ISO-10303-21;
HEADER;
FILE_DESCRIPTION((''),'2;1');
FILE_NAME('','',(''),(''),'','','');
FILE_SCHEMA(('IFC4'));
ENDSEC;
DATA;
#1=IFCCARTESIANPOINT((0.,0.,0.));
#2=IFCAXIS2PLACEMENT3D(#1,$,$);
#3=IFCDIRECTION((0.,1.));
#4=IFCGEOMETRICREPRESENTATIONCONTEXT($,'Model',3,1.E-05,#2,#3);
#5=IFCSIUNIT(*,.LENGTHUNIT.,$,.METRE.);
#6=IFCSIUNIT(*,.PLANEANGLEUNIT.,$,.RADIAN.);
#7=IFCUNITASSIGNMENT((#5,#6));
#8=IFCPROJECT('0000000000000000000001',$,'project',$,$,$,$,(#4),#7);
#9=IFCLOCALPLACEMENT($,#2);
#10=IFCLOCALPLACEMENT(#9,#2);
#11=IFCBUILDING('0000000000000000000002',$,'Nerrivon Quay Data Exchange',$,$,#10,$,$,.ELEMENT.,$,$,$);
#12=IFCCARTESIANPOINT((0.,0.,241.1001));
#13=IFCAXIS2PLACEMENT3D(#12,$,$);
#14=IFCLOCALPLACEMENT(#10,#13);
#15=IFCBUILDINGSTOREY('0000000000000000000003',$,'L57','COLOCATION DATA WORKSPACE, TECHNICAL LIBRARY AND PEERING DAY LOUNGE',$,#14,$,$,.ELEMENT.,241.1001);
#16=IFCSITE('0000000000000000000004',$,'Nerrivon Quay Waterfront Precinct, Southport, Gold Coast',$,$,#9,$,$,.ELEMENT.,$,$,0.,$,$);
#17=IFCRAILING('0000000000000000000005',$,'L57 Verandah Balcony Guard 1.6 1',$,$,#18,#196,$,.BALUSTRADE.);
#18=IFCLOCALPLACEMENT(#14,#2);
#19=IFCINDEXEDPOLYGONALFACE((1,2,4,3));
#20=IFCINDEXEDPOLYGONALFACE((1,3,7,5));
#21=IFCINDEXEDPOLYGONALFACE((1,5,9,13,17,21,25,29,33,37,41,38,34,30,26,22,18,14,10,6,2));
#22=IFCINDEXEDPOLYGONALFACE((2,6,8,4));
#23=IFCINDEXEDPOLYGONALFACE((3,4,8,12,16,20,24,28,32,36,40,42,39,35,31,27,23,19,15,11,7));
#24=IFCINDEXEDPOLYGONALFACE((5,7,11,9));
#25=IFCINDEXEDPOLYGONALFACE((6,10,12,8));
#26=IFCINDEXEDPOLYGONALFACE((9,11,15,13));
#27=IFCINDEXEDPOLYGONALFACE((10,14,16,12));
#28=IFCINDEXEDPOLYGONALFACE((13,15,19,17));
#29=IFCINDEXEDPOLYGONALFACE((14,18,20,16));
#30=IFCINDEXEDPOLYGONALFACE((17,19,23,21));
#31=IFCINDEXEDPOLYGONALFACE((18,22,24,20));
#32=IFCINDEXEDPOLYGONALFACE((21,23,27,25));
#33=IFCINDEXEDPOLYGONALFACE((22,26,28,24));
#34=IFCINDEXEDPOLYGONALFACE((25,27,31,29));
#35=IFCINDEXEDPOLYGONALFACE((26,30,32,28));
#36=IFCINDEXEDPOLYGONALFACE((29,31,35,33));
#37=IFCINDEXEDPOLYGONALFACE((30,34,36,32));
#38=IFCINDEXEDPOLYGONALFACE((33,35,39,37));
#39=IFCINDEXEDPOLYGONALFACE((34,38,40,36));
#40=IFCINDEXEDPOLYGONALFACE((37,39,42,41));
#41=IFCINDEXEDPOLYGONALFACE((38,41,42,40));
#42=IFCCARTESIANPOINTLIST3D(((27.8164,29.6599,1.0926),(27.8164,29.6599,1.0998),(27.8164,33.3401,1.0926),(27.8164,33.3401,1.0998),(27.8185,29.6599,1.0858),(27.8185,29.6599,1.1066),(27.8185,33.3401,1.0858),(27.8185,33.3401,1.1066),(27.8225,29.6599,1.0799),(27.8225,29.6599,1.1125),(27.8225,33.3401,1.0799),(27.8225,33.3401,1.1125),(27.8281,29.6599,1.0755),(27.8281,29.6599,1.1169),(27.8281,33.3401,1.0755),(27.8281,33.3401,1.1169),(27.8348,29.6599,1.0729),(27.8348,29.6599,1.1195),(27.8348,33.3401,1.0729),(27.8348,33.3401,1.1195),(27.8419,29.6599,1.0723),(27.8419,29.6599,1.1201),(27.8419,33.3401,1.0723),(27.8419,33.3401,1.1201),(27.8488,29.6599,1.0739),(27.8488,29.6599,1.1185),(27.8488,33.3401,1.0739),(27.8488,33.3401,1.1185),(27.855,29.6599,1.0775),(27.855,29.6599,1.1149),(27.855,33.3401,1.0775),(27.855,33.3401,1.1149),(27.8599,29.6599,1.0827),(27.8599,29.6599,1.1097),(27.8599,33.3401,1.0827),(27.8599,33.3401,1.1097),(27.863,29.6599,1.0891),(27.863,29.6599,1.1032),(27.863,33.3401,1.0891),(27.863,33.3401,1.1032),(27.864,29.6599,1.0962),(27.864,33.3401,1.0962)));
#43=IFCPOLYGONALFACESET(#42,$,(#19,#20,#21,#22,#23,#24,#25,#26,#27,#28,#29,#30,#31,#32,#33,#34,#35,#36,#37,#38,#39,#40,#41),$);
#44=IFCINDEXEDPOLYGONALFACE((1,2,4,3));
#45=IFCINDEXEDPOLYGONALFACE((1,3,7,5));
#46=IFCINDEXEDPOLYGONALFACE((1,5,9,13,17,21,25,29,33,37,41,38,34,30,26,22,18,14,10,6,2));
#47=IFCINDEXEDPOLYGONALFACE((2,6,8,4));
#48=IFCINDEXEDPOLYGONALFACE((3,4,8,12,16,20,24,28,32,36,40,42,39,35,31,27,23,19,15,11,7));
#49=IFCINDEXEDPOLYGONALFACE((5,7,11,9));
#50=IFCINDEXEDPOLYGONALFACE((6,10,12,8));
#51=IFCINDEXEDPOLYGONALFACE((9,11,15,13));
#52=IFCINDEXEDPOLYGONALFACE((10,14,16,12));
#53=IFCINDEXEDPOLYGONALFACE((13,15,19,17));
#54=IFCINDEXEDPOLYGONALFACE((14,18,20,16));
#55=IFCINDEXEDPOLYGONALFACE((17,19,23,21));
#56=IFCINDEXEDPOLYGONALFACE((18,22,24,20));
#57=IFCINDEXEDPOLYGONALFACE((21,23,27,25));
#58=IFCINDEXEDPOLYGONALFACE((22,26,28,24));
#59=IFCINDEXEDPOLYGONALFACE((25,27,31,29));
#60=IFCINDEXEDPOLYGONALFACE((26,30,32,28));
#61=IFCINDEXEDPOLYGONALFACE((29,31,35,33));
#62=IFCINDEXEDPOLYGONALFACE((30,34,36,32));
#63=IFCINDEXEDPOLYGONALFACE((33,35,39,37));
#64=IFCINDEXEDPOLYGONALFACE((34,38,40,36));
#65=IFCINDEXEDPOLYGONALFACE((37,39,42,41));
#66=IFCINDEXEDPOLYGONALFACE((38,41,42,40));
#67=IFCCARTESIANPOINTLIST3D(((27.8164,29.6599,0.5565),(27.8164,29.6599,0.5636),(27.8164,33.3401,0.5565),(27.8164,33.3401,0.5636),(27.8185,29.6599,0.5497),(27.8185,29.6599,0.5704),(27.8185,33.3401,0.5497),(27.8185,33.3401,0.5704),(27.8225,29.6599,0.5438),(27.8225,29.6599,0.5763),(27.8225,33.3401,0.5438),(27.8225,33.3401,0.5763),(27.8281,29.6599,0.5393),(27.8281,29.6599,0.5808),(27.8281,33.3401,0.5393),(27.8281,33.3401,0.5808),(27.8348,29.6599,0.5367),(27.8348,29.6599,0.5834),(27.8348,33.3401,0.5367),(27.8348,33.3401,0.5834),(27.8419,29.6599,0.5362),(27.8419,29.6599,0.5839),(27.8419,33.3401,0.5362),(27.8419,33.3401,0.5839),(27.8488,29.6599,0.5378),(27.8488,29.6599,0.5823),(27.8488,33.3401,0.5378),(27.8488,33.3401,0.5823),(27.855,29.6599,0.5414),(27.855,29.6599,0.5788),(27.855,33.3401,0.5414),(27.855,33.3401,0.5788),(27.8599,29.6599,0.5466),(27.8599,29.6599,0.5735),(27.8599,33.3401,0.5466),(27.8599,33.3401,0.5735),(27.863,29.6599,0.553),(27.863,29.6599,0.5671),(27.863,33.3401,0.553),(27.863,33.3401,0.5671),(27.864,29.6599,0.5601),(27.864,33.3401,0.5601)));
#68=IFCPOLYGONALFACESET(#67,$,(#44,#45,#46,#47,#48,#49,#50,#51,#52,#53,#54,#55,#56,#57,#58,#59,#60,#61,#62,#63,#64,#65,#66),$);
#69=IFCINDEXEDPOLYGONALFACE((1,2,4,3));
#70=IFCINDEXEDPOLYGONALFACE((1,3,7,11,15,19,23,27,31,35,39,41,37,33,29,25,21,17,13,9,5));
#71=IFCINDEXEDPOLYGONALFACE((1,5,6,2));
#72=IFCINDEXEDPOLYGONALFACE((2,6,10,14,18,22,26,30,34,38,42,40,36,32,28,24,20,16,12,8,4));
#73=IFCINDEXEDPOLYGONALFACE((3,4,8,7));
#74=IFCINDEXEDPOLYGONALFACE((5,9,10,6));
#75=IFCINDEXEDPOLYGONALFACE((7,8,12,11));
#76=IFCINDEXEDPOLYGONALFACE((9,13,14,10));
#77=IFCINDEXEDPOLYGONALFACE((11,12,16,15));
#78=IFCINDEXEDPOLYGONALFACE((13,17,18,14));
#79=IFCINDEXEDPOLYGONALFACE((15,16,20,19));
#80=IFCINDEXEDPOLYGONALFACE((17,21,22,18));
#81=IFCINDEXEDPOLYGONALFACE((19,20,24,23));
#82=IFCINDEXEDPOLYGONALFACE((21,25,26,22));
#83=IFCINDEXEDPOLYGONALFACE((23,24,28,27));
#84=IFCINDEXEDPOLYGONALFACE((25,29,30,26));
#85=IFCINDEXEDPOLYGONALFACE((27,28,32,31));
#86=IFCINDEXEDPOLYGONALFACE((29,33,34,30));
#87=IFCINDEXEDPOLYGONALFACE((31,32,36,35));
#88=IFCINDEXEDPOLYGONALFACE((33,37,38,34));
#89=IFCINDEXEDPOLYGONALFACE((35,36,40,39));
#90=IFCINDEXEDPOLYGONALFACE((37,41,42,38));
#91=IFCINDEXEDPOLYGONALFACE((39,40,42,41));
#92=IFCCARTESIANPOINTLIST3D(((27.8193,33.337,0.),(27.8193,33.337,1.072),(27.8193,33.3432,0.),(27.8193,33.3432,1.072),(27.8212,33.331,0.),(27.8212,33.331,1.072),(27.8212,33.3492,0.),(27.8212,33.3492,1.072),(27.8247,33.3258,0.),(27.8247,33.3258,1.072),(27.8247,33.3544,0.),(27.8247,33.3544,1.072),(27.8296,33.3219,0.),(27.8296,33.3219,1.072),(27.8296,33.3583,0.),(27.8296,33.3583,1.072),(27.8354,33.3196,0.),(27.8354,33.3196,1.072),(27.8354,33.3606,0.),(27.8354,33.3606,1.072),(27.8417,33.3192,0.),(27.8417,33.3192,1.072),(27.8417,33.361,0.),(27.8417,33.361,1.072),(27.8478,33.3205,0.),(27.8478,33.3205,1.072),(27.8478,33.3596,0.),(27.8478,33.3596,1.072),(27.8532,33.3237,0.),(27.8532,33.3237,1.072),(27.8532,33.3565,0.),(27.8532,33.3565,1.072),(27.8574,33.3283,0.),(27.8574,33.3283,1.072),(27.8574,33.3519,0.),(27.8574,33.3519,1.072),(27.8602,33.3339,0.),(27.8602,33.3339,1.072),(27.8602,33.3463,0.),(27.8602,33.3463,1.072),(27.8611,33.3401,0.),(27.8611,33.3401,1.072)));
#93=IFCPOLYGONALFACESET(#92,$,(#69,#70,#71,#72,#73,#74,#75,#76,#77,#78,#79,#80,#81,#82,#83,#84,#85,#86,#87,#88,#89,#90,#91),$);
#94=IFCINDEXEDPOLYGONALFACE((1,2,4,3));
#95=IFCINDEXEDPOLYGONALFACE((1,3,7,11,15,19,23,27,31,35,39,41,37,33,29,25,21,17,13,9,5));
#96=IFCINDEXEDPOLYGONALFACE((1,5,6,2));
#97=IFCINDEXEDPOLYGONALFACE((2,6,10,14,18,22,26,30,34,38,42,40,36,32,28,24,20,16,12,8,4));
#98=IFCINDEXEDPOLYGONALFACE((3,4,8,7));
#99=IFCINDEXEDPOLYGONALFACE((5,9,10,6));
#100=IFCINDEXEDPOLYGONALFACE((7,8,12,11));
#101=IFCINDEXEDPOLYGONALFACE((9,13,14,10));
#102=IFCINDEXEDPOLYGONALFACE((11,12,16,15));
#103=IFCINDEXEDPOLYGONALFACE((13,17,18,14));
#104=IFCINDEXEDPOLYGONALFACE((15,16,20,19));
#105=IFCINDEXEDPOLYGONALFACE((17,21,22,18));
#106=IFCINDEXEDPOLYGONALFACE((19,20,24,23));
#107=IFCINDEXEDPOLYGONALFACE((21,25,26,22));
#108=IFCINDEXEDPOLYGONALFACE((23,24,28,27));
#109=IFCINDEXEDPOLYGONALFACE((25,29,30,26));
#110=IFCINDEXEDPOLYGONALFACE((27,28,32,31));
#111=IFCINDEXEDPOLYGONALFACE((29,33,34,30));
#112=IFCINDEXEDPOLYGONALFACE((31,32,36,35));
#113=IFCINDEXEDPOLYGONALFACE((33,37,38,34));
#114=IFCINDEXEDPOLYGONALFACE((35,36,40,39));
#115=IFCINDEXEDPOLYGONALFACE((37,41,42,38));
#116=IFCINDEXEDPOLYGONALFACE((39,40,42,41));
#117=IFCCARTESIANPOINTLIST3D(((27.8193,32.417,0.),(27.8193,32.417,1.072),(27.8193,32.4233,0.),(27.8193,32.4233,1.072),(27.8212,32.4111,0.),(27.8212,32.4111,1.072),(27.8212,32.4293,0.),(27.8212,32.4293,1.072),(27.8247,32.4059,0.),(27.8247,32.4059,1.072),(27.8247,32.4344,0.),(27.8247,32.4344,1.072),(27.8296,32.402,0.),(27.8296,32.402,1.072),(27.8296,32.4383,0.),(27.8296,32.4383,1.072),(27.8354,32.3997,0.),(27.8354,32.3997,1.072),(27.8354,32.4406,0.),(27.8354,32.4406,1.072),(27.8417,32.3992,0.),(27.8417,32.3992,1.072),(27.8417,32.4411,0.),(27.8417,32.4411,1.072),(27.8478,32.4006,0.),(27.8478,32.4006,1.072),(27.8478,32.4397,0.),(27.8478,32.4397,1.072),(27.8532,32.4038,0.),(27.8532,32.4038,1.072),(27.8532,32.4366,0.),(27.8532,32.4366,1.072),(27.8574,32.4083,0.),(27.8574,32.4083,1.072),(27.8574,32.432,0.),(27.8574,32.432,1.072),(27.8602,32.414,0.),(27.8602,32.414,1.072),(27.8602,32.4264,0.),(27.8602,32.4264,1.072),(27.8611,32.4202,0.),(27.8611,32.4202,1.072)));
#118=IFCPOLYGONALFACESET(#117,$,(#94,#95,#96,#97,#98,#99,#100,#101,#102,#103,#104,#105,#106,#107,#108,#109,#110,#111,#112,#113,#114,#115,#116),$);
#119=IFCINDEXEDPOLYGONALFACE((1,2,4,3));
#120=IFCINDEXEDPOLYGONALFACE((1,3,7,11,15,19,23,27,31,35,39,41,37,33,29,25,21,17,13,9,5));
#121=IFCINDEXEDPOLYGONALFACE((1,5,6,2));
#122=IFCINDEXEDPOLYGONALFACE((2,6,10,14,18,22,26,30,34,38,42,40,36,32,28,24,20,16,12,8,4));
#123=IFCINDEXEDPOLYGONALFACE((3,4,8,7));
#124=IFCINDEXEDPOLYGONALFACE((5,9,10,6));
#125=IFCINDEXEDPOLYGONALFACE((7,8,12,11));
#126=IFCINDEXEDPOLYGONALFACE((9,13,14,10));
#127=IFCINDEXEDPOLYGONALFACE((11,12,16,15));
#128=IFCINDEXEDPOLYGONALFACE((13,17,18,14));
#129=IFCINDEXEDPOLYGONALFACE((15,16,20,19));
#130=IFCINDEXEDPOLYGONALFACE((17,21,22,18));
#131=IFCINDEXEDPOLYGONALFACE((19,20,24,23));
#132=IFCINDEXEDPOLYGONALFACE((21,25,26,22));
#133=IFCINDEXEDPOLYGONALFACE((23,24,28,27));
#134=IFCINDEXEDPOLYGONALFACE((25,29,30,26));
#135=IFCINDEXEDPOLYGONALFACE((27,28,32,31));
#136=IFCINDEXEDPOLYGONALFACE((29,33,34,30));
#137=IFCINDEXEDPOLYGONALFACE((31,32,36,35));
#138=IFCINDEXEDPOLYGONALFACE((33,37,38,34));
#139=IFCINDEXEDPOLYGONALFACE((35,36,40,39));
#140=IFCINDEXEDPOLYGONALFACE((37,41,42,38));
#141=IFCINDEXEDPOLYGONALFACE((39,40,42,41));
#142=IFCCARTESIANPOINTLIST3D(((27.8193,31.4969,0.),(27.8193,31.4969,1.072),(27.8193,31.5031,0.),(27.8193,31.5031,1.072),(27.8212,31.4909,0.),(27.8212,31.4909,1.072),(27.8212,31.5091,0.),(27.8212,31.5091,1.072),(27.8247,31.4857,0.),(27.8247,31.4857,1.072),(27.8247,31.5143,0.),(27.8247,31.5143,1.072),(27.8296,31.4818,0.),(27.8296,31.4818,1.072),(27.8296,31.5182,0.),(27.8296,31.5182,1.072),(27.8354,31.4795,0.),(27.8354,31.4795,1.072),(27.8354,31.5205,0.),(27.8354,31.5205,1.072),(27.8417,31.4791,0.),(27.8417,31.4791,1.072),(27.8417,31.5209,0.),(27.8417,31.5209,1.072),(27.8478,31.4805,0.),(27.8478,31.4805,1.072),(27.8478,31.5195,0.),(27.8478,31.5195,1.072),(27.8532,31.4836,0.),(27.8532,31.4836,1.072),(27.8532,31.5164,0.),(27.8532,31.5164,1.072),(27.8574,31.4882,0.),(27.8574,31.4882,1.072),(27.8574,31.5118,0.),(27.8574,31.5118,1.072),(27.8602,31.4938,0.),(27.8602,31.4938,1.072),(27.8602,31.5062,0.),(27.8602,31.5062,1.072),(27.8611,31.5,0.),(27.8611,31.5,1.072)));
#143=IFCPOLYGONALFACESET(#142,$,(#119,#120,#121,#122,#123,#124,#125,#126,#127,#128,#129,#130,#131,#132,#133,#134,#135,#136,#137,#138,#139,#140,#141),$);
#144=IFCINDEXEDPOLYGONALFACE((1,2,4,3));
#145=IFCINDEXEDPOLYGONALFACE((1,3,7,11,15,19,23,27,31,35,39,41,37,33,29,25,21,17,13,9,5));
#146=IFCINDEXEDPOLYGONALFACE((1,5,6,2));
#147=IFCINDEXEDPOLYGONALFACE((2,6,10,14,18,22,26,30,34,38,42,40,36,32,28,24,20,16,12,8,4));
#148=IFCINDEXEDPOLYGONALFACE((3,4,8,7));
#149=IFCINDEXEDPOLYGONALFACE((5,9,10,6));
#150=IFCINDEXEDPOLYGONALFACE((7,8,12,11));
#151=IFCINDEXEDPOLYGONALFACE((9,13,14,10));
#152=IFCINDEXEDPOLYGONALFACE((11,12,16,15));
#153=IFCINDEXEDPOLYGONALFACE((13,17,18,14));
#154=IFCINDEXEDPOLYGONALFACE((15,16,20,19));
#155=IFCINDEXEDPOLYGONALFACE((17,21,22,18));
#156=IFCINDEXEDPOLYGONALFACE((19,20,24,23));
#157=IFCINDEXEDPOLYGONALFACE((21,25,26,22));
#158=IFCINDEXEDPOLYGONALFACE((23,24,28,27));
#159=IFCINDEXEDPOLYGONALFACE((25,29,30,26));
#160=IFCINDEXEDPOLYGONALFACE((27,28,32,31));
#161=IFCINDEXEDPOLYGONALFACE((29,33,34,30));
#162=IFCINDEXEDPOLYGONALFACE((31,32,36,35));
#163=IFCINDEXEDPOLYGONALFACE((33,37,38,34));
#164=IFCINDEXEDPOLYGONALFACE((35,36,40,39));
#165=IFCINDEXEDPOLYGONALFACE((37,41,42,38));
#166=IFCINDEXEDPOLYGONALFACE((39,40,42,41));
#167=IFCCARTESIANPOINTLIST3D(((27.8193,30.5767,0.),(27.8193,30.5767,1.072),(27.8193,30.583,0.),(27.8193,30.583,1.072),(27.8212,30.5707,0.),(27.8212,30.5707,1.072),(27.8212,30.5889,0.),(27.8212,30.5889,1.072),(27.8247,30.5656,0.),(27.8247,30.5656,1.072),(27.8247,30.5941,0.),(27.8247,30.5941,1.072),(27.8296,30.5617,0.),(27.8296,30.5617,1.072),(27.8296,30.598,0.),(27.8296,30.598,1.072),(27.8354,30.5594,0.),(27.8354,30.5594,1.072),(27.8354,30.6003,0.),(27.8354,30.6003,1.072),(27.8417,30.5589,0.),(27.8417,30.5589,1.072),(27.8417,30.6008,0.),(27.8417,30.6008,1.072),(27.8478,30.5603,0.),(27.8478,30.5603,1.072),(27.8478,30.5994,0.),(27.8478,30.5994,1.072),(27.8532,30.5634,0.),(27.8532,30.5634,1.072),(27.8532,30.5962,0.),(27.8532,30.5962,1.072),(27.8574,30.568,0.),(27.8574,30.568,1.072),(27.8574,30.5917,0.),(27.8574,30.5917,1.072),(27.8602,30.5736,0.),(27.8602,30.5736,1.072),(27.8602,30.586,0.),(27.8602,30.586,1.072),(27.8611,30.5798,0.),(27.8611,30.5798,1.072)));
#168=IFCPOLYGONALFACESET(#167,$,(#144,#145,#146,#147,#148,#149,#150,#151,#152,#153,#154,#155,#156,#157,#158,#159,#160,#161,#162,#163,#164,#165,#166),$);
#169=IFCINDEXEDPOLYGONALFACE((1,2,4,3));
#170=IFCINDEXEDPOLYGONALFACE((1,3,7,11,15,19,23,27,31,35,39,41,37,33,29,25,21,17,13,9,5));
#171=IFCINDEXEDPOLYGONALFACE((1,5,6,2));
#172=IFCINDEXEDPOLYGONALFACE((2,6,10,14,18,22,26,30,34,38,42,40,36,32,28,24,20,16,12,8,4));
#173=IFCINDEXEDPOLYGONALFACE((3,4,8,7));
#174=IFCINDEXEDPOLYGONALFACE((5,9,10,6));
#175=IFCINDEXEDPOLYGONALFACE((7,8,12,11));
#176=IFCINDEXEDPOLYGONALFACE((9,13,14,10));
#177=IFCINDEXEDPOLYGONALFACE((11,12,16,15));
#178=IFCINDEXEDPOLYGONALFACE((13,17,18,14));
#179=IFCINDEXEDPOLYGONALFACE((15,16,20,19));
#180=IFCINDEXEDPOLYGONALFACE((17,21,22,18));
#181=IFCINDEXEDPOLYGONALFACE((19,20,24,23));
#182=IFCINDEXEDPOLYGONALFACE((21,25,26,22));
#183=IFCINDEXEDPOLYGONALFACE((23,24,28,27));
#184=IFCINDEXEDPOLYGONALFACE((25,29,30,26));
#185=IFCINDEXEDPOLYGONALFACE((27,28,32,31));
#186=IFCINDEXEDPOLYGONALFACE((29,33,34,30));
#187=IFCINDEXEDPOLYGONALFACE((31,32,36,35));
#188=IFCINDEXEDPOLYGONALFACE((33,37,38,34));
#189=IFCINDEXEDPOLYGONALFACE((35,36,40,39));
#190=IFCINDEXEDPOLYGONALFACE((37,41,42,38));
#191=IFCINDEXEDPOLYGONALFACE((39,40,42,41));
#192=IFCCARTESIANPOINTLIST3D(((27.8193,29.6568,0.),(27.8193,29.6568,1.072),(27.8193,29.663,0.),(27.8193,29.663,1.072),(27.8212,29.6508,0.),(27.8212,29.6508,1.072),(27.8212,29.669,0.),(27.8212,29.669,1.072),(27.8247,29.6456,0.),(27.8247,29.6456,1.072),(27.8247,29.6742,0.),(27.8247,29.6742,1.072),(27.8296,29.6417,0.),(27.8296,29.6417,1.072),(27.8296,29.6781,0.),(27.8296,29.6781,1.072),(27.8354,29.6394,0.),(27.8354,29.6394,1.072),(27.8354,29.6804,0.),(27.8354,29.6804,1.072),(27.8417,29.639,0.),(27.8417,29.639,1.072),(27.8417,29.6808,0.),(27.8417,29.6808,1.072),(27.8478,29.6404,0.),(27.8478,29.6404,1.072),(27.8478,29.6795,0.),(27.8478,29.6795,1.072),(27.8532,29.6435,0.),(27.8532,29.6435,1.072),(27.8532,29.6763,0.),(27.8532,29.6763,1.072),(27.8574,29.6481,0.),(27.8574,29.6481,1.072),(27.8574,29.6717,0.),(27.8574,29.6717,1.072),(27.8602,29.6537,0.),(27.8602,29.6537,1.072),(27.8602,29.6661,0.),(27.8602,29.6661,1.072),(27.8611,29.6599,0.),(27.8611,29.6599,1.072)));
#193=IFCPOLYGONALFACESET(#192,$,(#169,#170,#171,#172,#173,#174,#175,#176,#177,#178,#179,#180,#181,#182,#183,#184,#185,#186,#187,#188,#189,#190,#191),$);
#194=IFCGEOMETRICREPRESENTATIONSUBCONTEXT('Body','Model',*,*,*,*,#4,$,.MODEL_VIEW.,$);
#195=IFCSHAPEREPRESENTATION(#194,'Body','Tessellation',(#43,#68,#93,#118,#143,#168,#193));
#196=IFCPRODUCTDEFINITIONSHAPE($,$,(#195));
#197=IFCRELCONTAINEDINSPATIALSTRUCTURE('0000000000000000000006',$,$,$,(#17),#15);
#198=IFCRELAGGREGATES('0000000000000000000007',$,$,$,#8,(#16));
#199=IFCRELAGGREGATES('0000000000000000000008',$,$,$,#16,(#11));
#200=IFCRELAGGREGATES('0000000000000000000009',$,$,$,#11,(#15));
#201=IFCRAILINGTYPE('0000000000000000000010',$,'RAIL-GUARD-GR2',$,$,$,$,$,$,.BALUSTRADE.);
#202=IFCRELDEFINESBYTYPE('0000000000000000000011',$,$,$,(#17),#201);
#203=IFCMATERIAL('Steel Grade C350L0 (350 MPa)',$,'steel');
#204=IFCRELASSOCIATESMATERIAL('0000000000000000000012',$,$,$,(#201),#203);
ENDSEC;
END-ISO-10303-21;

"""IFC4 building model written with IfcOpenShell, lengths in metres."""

from ifc_helpers import new_model, si_unit, direction, frame, origin, origin_2d, place, context, subcontext, project, spatial, circle, extrude, material, type_object, element, save


model = new_model("IFC4")

# Units and contexts
model_context = context("Model", 3, precision=1e-05, world=origin(), true_north=direction((0.0, 1.0)))
body_context = subcontext(model_context, "Body", "Model", "MODEL_VIEW")
ifc_project = project(units=[si_unit("LENGTHUNIT", "METRE"), si_unit("PLANEANGLEUNIT", "RADIAN")], contexts=[model_context])

# Site, building, storey
site_placement = place(None, origin())
site = spatial("IfcSite", under=ifc_project, at=site_placement, Name="Nerrivon Quay Waterfront Precinct, Southport, Gold Coast", CompositionType="ELEMENT", RefElevation=0.0)
building_placement = place(site_placement, origin())
building = spatial("IfcBuilding", under=site, at=building_placement, Name="Nerrivon Quay Data Exchange", CompositionType="ELEMENT")
storey_placement = place(building_placement, frame((0.0, 0.0, 241.1001)))
storey = spatial("IfcBuildingStorey", under=building, at=storey_placement, Name="L57", Description="COLOCATION DATA WORKSPACE, TECHNICAL LIBRARY AND PEERING DAY LOUNGE", CompositionType="ELEMENT", Elevation=241.1001)

# Shared definitions
ifc_material_1 = material(Name="Steel Grade C350L0 (350 MPa)", Category="steel")

# Railing
railing_type = type_object("IfcRailingType", Name="RAIL-GUARD-GR2", PredefinedType="BALUSTRADE", material=ifc_material_1)
railing_1_placement = place(storey_placement, frame((27.8401, 33.3401, 0.0)))
element("IfcRailing", 1, at=railing_1_placement, inside=storey, type_object=railing_type, Name="L57 Verandah Balcony Guard 1.6 1", PredefinedType="BALUSTRADE", context=body_context, shape_type="SweptSolid", body=[
    extrude(circle(Radius=0.0239, at=origin_2d()), frame((0.0, 0.0, 1.0962), z_axis=(0.0, -1.0, 0.0), x_axis=(1.0, 0.0, 0.0)), (0.0, 0.0, 1.0), 3.6802),
    extrude(circle(Radius=0.0239, at=origin_2d()), frame((0.0, 0.0, 0.5601), z_axis=(0.0, -1.0, 0.0), x_axis=(1.0, 0.0, 0.0)), (0.0, 0.0, 1.0), 3.6802),
    extrude(circle(Radius=0.021, at=origin_2d()), origin(), (0.0, 0.0, 1.0), 1.072),
    extrude(circle(Radius=0.021, at=origin_2d()), frame((0.0, -0.9199, 0.0)), (0.0, 0.0, 1.0), 1.072),
    extrude(circle(Radius=0.021, at=origin_2d()), frame((0.0, -1.8401, 0.0)), (0.0, 0.0, 1.0), 1.072),
    extrude(circle(Radius=0.021, at=origin_2d()), frame((0.0, -2.7603, 0.0)), (0.0, 0.0, 1.0), 1.072),
    extrude(circle(Radius=0.021, at=origin_2d()), frame((0.0, -3.6802, 0.0)), (0.0, 0.0, 1.0), 1.072),
])

save(model, "model.ifc")
